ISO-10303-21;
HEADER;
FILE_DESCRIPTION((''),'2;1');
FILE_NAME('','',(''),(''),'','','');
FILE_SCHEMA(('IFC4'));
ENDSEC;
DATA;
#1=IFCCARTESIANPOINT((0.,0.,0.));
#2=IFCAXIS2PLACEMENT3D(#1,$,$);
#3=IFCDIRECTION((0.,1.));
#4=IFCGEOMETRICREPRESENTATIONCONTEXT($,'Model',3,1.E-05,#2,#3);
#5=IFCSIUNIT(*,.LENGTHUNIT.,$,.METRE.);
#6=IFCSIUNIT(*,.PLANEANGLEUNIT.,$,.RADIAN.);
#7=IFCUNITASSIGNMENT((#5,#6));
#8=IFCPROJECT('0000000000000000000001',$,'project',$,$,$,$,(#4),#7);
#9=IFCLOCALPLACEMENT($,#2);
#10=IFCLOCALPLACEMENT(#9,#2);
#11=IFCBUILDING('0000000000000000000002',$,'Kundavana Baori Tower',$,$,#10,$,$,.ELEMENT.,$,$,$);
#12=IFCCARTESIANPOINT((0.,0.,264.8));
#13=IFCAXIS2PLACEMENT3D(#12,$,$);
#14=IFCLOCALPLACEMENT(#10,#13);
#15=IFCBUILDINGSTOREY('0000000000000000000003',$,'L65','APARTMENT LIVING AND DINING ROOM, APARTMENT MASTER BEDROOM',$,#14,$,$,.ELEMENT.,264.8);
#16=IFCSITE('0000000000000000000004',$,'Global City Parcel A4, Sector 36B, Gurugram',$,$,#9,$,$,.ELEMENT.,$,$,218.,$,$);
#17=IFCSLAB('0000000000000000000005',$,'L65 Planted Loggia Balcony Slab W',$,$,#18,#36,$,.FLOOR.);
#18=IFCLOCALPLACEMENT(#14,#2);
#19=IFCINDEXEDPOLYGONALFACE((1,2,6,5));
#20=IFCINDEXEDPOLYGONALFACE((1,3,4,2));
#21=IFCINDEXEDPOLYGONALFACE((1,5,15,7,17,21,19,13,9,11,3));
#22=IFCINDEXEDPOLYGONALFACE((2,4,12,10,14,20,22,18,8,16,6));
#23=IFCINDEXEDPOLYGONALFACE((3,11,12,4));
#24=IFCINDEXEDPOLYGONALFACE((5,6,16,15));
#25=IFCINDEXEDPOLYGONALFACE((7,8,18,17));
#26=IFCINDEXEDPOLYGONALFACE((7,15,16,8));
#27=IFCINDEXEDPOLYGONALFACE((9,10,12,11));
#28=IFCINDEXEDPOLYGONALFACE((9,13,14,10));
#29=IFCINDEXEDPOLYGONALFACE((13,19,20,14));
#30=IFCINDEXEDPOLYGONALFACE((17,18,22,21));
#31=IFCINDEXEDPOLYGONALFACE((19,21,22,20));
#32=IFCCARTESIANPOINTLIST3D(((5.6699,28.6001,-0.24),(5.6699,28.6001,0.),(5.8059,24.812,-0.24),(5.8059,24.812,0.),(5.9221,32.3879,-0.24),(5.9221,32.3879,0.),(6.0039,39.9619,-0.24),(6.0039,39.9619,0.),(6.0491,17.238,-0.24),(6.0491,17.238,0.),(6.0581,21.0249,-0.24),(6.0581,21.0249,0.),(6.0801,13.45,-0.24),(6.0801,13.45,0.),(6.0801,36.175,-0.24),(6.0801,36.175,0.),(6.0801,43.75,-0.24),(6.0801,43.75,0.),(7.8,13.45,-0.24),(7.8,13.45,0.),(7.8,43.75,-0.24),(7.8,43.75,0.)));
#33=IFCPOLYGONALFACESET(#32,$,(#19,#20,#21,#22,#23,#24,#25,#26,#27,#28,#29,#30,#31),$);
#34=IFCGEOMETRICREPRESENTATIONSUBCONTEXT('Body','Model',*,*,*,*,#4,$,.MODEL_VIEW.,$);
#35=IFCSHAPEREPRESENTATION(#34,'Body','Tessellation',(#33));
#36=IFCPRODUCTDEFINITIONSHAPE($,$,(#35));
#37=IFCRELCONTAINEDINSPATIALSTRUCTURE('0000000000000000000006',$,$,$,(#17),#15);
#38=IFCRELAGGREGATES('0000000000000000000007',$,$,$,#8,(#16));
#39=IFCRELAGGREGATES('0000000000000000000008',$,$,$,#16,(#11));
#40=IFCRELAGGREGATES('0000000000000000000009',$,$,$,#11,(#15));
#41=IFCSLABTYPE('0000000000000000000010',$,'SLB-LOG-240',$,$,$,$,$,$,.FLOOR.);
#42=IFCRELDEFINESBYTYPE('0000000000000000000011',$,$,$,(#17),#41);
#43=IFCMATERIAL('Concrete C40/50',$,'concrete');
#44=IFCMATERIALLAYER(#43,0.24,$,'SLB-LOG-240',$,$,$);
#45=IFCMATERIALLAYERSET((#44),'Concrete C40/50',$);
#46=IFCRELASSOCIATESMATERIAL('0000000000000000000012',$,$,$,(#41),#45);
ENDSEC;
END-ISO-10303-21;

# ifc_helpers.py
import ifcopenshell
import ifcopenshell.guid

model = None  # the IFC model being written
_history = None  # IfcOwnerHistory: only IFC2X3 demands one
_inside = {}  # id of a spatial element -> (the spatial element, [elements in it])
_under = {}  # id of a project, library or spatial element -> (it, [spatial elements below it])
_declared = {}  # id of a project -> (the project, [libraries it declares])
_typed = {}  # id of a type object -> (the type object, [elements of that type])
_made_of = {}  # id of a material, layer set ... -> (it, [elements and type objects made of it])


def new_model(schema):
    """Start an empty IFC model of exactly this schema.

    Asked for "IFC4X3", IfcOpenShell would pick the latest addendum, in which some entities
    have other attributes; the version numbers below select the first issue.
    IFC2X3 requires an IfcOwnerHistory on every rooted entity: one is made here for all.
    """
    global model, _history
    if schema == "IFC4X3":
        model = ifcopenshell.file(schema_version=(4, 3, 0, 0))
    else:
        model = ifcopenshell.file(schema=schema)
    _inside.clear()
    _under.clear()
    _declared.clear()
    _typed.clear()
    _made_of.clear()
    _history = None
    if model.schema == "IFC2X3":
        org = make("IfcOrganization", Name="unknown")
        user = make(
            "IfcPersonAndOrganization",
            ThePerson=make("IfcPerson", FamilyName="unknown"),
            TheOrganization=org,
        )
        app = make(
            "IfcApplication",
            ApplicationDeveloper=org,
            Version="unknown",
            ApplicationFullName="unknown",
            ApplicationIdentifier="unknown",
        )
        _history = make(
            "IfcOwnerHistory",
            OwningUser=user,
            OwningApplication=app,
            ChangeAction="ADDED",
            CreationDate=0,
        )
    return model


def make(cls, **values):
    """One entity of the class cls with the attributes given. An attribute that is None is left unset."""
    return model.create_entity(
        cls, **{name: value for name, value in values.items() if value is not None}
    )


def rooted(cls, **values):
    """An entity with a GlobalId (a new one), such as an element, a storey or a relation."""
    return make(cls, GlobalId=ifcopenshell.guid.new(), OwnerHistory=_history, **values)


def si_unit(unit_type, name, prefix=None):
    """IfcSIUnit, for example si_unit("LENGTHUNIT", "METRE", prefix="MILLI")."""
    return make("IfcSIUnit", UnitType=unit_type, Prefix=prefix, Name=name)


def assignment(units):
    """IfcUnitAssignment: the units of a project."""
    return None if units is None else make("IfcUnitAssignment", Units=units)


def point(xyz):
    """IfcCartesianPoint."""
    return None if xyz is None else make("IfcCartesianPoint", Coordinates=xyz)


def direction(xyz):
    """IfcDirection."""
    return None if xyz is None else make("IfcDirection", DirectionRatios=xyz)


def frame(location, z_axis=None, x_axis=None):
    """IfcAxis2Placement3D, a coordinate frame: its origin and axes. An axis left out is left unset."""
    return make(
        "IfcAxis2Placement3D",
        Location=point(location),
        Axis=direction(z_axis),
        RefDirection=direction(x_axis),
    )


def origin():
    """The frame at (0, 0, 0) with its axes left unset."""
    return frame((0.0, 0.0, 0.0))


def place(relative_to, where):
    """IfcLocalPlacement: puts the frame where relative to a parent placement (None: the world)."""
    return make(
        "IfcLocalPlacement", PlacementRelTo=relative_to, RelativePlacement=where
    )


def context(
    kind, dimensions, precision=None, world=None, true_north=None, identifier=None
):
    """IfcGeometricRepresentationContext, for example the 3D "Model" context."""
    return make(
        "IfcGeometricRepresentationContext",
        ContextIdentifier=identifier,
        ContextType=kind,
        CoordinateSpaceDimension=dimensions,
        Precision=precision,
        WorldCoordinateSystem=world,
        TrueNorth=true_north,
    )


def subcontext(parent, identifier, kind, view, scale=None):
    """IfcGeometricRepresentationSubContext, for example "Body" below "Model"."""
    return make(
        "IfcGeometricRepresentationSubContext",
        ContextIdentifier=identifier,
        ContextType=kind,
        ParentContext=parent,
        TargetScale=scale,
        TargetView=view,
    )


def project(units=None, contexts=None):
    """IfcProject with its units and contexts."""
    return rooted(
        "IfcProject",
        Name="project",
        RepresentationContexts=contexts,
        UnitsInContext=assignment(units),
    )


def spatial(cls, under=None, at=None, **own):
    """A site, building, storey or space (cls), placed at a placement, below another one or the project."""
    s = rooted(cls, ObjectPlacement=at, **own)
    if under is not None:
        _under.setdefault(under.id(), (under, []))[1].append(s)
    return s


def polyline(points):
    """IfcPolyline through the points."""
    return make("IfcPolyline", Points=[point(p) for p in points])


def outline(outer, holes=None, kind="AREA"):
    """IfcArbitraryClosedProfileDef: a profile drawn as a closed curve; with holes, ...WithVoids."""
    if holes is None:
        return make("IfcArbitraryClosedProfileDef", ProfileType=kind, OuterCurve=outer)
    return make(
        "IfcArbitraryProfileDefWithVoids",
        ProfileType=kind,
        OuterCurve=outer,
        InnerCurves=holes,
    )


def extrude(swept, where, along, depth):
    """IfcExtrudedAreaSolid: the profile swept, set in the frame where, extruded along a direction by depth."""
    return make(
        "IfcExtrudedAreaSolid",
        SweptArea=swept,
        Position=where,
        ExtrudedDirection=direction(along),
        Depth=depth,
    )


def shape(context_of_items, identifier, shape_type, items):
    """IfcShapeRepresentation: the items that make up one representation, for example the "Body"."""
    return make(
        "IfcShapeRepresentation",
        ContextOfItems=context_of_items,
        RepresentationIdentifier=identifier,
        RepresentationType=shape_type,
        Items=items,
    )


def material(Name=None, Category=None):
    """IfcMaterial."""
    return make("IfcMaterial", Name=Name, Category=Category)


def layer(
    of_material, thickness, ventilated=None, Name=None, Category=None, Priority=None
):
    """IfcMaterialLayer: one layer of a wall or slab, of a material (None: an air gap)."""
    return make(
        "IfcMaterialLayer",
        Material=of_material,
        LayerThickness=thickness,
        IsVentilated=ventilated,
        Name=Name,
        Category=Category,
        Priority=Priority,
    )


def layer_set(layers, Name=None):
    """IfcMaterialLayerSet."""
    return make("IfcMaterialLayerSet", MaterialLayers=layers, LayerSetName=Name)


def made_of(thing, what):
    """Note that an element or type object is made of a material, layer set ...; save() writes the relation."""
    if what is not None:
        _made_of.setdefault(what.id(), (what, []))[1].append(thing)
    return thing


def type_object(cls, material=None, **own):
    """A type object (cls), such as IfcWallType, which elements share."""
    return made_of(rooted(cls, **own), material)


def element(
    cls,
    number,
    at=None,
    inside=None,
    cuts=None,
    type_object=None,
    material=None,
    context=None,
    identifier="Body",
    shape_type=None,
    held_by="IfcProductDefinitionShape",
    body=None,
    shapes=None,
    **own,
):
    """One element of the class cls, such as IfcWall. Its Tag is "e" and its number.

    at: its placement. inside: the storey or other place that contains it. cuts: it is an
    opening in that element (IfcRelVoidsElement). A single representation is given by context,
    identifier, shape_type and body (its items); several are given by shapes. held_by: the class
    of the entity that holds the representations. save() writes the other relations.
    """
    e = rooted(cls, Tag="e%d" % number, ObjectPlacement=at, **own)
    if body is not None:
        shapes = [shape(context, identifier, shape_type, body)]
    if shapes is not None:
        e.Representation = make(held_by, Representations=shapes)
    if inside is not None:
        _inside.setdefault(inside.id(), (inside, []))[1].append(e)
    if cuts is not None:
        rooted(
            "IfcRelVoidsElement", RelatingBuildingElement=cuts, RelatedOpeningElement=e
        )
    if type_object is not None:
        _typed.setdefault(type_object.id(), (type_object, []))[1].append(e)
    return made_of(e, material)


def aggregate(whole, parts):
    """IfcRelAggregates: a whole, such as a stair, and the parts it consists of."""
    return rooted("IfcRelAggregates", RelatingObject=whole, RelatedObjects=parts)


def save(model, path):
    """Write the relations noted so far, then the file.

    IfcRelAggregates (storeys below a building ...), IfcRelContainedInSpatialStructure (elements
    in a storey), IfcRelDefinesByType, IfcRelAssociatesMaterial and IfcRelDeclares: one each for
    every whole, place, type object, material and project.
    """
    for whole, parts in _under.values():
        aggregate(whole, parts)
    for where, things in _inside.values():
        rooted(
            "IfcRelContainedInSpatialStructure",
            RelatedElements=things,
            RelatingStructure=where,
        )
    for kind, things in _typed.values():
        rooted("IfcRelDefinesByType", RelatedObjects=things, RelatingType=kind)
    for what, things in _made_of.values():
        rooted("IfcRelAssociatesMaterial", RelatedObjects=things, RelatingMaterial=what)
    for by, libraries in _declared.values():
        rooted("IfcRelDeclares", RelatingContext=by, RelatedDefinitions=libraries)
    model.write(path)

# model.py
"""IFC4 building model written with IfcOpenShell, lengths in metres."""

from ifc_helpers import new_model, si_unit, direction, frame, origin, place, context, subcontext, project, spatial, polyline, outline, extrude, material, layer, layer_set, type_object, element, save


model = new_model("IFC4")

# Units and contexts
model_context = context("Model", 3, precision=1e-05, world=origin(), true_north=direction((0.0, 1.0)))
body_context = subcontext(model_context, "Body", "Model", "MODEL_VIEW")
ifc_project = project(units=[si_unit("LENGTHUNIT", "METRE"), si_unit("PLANEANGLEUNIT", "RADIAN")], contexts=[model_context])

# Site, building, storey
site_placement = place(None, origin())
site = spatial("IfcSite", under=ifc_project, at=site_placement, Name="Global City Parcel A4, Sector 36B, Gurugram", CompositionType="ELEMENT", RefElevation=218.0)
building_placement = place(site_placement, origin())
building = spatial("IfcBuilding", under=site, at=building_placement, Name="Kundavana Baori Tower", CompositionType="ELEMENT")
storey_placement = place(building_placement, frame((0.0, 0.0, 264.8)))
storey = spatial("IfcBuildingStorey", under=building, at=storey_placement, Name="L65", Description="APARTMENT LIVING AND DINING ROOM, APARTMENT MASTER BEDROOM", CompositionType="ELEMENT", Elevation=264.8)

# Slab
ifc_material_1 = material(Name="Concrete C40/50", Category="concrete")
ifc_layer_1 = layer(ifc_material_1, 0.24, Name="SLB-LOG-240")
ifc_layer_set_1 = layer_set([ifc_layer_1], Name="Concrete C40/50")
slab_type_1 = type_object("IfcSlabType", Name="SLB-LOG-240", PredefinedType="FLOOR", material=ifc_layer_set_1)
slab_1_placement = place(storey_placement, frame((0.0, 0.0, -0.24)))
element("IfcSlab", 1, at=slab_1_placement, inside=storey, type_object=slab_type_1, Name="L65 Planted Loggia Balcony Slab W", PredefinedType="FLOOR", context=body_context, shape_type="SweptSolid", body=[
    extrude(outline(polyline([(7.8, 43.75), (7.8, 13.45), (6.0801, 13.45), (6.0491, 17.238), (6.0581, 21.0249), (5.8059, 24.812), (5.6699, 28.6001), (5.9221, 32.3879), (6.0801, 36.175), (6.0039, 39.9619), (6.0801, 43.75), (7.8, 43.75)])), origin(), (0.0, 0.0, 1.0), 0.24),
])

save(model, "model.ifc")
